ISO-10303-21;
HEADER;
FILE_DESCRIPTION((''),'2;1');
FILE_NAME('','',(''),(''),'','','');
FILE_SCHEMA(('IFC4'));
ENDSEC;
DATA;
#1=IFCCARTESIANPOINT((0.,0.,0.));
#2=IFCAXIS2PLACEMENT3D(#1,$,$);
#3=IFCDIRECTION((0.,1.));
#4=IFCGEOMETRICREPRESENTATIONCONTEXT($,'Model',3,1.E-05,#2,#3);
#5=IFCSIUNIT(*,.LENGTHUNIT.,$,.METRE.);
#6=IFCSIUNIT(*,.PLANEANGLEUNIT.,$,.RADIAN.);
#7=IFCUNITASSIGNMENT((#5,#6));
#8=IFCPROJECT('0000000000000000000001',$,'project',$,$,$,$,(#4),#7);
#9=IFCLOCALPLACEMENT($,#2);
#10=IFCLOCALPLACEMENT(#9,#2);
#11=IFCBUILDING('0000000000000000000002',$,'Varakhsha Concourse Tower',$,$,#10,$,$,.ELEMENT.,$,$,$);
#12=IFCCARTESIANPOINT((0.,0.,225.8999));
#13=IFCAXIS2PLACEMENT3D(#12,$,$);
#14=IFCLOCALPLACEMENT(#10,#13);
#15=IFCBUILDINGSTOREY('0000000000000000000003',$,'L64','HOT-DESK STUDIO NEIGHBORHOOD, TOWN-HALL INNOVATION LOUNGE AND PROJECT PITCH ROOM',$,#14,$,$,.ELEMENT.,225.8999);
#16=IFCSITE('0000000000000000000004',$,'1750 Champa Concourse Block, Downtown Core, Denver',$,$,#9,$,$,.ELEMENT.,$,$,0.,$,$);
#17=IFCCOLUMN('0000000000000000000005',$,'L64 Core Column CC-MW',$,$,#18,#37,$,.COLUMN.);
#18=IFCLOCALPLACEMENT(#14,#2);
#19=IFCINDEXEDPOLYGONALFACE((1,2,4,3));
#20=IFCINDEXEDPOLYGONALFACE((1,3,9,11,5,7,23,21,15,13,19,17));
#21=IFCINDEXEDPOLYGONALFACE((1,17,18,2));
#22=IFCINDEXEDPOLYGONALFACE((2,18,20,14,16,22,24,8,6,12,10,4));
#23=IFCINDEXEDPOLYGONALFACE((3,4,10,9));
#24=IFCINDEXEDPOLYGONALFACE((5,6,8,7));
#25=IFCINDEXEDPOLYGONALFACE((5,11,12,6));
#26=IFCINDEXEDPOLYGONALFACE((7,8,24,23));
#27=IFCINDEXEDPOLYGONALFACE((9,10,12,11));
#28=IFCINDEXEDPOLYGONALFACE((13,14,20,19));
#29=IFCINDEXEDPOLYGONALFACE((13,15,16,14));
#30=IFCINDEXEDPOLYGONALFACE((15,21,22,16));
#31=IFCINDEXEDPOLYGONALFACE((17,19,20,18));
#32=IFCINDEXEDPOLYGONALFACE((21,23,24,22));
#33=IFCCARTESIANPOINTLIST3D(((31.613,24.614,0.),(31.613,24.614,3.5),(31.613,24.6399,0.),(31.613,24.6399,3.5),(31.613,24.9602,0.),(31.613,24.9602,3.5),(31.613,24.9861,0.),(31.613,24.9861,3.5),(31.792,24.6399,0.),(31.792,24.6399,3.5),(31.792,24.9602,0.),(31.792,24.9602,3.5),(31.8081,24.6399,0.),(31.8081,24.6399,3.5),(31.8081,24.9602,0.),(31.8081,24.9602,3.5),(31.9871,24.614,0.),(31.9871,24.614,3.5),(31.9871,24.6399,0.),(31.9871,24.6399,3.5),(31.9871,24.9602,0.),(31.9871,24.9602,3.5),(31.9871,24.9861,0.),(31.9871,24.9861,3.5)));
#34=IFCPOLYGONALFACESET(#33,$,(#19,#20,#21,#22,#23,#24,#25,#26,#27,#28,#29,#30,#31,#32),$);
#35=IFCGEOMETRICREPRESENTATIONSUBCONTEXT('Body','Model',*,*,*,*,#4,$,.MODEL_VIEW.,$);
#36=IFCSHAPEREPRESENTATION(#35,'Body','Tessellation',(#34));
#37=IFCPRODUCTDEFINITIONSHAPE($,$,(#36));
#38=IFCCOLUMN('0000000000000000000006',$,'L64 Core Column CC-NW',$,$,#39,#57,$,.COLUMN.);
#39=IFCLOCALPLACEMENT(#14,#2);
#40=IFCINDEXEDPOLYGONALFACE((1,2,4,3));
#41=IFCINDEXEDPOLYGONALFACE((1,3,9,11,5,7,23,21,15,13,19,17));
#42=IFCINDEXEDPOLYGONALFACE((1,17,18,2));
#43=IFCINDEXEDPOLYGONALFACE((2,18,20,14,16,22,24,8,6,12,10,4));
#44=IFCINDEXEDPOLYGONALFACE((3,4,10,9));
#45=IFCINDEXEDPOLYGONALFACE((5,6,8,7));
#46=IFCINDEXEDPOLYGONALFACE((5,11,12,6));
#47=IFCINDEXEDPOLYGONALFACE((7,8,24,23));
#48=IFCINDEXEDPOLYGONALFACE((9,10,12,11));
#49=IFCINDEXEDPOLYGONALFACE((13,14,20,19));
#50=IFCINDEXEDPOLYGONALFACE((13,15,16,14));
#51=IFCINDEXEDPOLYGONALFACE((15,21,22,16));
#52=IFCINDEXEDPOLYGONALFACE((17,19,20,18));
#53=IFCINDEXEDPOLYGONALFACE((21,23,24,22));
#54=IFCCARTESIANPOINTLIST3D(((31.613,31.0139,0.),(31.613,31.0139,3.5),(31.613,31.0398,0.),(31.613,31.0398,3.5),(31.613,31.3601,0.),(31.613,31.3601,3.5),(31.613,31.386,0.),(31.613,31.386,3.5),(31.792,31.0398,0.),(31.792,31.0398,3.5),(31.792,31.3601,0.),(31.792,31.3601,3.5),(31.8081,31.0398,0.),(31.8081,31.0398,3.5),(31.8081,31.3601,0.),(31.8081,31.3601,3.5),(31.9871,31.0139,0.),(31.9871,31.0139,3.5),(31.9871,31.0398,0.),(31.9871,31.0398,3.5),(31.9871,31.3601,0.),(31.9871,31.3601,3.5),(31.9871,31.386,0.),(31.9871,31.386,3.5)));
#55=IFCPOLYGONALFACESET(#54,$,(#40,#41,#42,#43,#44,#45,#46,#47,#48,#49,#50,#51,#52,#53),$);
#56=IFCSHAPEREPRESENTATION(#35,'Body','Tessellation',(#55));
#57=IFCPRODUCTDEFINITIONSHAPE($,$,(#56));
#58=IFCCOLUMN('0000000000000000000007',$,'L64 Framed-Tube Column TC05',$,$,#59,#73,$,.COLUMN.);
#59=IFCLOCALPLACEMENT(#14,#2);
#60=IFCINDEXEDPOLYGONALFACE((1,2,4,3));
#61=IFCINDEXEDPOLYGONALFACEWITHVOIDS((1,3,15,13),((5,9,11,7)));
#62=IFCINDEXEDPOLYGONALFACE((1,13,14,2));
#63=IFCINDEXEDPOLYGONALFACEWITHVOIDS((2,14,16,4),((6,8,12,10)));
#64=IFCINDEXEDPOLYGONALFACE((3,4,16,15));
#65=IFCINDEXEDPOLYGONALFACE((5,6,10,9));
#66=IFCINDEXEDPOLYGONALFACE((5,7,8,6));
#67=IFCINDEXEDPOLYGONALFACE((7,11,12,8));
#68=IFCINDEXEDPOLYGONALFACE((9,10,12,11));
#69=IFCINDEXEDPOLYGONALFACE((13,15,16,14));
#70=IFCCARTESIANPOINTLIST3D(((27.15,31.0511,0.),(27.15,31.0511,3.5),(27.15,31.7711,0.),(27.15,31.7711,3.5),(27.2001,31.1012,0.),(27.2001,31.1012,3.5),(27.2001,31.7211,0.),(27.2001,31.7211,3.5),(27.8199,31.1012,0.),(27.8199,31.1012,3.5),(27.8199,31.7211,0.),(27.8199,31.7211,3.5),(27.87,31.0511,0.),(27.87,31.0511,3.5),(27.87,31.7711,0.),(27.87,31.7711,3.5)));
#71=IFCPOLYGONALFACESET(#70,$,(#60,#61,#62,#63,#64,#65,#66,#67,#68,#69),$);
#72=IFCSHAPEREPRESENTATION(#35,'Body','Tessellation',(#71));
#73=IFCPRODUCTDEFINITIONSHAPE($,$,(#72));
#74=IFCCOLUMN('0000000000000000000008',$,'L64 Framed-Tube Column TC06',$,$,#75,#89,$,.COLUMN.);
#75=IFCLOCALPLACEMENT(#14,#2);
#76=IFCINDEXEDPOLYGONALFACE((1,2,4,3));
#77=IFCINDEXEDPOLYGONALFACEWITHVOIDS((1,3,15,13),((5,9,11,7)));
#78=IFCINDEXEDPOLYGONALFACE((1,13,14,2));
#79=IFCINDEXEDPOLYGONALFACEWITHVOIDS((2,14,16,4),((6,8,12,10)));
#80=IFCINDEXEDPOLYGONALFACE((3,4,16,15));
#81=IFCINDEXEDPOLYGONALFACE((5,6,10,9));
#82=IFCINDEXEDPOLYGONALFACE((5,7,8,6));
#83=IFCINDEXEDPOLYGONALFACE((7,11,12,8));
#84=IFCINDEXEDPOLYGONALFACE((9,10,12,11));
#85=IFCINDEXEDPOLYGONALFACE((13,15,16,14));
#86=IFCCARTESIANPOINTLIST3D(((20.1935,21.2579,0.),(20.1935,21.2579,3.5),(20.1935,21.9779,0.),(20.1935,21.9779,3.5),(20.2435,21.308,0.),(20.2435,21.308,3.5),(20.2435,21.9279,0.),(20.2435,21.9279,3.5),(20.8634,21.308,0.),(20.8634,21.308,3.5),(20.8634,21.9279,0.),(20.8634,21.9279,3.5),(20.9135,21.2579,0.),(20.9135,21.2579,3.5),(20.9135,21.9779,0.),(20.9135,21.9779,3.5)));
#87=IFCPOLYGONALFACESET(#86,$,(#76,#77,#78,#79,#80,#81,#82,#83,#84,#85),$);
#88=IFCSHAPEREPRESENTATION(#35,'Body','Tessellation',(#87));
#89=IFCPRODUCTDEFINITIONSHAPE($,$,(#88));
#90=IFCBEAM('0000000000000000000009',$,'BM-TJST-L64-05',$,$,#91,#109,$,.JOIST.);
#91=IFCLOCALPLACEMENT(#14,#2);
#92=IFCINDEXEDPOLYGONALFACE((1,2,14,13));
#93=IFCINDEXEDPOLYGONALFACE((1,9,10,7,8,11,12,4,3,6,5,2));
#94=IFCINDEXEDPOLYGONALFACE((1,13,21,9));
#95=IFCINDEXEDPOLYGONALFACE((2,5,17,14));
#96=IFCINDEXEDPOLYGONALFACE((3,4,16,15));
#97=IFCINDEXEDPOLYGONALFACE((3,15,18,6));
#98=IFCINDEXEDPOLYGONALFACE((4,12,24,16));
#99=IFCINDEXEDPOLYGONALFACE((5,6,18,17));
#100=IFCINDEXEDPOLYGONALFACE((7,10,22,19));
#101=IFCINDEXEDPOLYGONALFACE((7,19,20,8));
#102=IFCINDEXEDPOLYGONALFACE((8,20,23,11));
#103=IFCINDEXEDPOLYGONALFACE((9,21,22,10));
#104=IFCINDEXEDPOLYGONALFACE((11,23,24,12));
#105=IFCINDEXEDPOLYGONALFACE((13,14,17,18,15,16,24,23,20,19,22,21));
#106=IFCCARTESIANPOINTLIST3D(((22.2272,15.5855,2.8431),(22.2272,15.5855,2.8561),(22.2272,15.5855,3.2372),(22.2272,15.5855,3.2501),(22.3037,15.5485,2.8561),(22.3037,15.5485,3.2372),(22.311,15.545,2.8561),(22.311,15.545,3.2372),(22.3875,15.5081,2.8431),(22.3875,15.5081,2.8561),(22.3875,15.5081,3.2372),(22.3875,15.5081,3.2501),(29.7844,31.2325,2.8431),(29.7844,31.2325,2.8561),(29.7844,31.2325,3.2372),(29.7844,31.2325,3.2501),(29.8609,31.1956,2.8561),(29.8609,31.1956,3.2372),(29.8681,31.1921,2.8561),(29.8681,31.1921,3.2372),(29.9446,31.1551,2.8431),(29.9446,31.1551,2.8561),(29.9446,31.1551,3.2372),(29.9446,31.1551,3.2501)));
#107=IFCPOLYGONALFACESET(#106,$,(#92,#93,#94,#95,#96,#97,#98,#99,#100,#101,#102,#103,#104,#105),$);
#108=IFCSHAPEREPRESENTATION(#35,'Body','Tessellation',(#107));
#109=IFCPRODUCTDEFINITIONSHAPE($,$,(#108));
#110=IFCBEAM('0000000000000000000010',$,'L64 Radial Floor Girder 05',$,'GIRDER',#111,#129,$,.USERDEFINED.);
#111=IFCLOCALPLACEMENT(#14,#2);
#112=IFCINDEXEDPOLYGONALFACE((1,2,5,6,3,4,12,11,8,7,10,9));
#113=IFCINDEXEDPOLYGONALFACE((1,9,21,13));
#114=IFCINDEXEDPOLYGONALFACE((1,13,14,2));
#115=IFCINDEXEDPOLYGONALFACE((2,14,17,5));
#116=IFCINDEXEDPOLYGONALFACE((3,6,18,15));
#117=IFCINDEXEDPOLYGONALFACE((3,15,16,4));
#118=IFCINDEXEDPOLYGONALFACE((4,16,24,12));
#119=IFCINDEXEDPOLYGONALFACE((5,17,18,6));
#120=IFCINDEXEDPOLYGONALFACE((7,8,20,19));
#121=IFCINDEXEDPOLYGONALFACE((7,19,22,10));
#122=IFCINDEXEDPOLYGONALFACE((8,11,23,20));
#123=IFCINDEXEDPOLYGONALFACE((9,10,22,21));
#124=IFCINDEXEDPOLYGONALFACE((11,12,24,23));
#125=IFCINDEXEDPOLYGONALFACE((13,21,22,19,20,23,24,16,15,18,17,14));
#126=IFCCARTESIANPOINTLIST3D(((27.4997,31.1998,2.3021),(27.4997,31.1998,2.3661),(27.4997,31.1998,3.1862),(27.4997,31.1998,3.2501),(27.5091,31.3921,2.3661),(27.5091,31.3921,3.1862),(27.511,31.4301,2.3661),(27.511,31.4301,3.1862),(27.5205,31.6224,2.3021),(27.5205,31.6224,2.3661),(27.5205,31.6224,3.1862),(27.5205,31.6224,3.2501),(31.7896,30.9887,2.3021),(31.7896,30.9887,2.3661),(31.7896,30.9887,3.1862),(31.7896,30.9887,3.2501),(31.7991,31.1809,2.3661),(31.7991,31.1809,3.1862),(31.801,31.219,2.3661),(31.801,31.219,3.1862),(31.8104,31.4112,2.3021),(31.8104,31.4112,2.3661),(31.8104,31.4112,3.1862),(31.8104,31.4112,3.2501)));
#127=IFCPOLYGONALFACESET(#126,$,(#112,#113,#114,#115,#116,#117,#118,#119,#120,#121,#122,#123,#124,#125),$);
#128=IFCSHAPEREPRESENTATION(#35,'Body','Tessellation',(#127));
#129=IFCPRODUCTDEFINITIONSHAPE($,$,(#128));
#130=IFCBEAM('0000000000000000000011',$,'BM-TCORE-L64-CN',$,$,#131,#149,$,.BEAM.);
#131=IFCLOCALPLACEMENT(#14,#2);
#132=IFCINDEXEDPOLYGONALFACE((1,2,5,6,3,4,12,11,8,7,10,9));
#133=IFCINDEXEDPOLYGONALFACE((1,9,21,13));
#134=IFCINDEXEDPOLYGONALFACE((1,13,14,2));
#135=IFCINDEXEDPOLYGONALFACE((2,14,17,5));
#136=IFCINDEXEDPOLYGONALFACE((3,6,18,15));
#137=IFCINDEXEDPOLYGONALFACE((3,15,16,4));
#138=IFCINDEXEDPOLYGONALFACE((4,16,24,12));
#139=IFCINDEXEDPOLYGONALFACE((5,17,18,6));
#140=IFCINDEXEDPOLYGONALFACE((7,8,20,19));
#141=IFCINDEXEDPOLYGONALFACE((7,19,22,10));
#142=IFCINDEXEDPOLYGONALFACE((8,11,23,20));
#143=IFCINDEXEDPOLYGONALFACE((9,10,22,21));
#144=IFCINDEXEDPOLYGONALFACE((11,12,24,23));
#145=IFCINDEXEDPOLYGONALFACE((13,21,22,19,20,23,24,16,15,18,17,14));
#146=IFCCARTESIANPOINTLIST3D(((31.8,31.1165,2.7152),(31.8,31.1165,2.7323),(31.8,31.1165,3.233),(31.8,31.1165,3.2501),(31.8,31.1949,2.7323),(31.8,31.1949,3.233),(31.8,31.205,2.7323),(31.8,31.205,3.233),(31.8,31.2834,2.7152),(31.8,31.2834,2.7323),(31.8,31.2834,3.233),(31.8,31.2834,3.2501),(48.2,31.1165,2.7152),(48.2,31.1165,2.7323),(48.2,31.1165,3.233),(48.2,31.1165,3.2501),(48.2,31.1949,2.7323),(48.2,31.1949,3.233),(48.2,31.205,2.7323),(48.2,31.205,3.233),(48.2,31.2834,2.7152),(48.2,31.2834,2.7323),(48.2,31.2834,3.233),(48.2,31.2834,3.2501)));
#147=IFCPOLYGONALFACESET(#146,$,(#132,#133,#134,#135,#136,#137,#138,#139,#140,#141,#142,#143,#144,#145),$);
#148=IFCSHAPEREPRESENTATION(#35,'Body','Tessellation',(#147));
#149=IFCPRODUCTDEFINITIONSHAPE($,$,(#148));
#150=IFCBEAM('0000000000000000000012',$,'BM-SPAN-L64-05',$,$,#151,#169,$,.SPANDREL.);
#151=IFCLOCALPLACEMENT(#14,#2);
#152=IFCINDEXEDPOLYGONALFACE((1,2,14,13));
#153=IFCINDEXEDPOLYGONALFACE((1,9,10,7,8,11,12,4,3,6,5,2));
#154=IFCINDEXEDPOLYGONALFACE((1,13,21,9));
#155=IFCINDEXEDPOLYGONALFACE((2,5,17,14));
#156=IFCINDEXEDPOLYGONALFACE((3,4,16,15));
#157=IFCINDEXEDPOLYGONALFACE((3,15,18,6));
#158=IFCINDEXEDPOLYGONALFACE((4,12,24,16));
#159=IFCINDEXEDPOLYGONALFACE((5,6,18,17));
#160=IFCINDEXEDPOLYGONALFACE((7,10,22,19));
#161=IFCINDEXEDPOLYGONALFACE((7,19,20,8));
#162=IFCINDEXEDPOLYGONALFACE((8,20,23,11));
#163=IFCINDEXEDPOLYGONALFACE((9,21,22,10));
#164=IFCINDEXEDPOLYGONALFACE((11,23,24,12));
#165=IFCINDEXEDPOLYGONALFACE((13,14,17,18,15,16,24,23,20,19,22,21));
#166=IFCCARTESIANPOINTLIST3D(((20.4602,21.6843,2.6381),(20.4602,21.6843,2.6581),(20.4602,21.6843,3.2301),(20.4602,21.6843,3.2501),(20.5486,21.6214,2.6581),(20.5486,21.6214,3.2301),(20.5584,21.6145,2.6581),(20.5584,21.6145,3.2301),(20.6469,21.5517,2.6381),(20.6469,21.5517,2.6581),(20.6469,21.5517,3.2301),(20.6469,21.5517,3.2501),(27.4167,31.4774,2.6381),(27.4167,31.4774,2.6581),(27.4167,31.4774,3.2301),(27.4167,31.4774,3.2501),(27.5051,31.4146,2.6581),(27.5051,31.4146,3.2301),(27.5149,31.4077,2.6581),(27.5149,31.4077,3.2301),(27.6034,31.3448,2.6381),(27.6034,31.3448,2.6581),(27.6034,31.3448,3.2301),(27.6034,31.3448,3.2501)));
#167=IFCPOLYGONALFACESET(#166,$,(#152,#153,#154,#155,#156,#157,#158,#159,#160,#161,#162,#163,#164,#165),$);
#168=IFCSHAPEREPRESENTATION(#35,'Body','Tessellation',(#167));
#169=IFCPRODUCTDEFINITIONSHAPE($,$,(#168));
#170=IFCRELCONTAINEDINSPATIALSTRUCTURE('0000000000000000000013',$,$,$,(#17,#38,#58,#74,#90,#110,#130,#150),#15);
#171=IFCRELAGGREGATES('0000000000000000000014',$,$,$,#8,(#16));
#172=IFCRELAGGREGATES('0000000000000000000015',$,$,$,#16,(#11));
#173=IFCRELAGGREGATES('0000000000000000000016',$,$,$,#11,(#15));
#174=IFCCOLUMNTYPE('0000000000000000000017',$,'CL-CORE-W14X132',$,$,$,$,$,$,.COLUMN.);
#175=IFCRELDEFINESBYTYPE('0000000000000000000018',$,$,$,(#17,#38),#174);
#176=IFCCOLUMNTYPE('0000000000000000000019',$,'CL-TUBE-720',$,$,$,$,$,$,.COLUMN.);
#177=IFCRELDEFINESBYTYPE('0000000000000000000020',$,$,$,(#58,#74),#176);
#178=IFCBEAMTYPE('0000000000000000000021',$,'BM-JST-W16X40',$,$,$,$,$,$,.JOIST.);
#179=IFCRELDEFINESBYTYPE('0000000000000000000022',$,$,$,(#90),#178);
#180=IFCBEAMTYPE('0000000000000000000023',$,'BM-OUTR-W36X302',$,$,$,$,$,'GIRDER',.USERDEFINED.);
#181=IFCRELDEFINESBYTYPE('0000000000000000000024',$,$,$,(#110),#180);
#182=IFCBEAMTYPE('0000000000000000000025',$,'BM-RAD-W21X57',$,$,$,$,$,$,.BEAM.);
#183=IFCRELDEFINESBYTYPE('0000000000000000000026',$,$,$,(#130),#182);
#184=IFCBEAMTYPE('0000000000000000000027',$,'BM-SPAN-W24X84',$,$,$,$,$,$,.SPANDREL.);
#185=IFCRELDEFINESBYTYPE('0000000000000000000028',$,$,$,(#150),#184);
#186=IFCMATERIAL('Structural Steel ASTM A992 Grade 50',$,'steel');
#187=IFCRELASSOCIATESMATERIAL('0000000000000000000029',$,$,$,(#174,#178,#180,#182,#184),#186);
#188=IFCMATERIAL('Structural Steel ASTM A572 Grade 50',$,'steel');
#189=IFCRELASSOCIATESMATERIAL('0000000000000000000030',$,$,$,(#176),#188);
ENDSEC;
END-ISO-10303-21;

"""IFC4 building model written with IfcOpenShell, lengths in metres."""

from ifc_helpers import new_model, si_unit, direction, frame, origin, origin_2d, place, context, subcontext, project, spatial, hollow_rectangle, i_section, extrude, material, material_profile, profile_set, type_object, element, save


model = new_model("IFC4")

# Units and contexts
model_context = context("Model", 3, precision=1e-05, world=origin(), true_north=direction((0.0, 1.0)))
body_context = subcontext(model_context, "Body", "Model", "MODEL_VIEW")
ifc_project = project(units=[si_unit("LENGTHUNIT", "METRE"), si_unit("PLANEANGLEUNIT", "RADIAN")], contexts=[model_context])

# Site, building, storey
site_placement = place(None, origin())
site = spatial("IfcSite", under=ifc_project, at=site_placement, Name="1750 Champa Concourse Block, Downtown Core, Denver", CompositionType="ELEMENT", RefElevation=0.0)
building_placement = place(site_placement, origin())
building = spatial("IfcBuilding", under=site, at=building_placement, Name="Varakhsha Concourse Tower", CompositionType="ELEMENT")
storey_placement = place(building_placement, frame((0.0, 0.0, 225.8999)))
storey = spatial("IfcBuildingStorey", under=building, at=storey_placement, Name="L64", Description="HOT-DESK STUDIO NEIGHBORHOOD, TOWN-HALL INNOVATION LOUNGE AND PROJECT PITCH ROOM", CompositionType="ELEMENT", Elevation=225.8999)

# Columns
ifc_material_1 = material(Name="Structural Steel ASTM A992 Grade 50", Category="steel")
ifc_material_profile_1 = material_profile(ifc_material_1, i_section(OverallWidth=0.374, OverallDepth=0.3721, WebThickness=0.0161, FlangeThickness=0.0259, at=origin_2d()), Name="W14X132")
ifc_profile_set_1 = profile_set([ifc_material_profile_1], Name="Structural Steel ASTM A992 Grade 50")
column_type_1 = type_object("IfcColumnType", Name="CL-CORE-W14X132", PredefinedType="COLUMN", material=ifc_profile_set_1)
for number, where, z_axis, x_axis, name in (
    (1, (31.8, 24.8, 0.0), (0.0, 0.0, 1.0), (1.0, 0.0, 0.0), "L64 Core Column CC-MW"),
    (2, (31.8, 31.2, 0.0), (0.0, 0.0, 1.0), (1.0, 0.0, 0.0), "L64 Core Column CC-NW"),
):
    element("IfcColumn", number, at=place(storey_placement, frame(where, z_axis=z_axis, x_axis=x_axis)), inside=storey, type_object=column_type_1, Name=name, PredefinedType="COLUMN", context=body_context, shape_type="SweptSolid", body=[
        extrude(i_section(OverallWidth=0.374, OverallDepth=0.3721, WebThickness=0.0161, FlangeThickness=0.0259, at=origin_2d()), origin(), (0.0, 0.0, 1.0), 3.5),
    ])
ifc_material_2 = material(Name="Structural Steel ASTM A572 Grade 50", Category="steel")
ifc_material_profile_2 = material_profile(ifc_material_2, hollow_rectangle(XDim=0.72, YDim=0.72, WallThickness=0.05, at=origin_2d()), Name="BOX 720x720x50")
ifc_profile_set_2 = profile_set([ifc_material_profile_2], Name="Structural Steel ASTM A572 Grade 50")
column_type_2 = type_object("IfcColumnType", Name="CL-TUBE-720", PredefinedType="COLUMN", material=ifc_profile_set_2)
for number, where, z_axis, x_axis, name in (
    (3, (27.51, 31.4111, 0.0), (0.0, 0.0, 1.0), (1.0, 0.0, 0.0), "L64 Framed-Tube Column TC05"),
    (4, (20.5535, 21.6179, 0.0), (0.0, 0.0, 1.0), (1.0, 0.0, 0.0), "L64 Framed-Tube Column TC06"),
):
    element("IfcColumn", number, at=place(storey_placement, frame(where, z_axis=z_axis, x_axis=x_axis)), inside=storey, type_object=column_type_2, Name=name, PredefinedType="COLUMN", context=body_context, shape_type="SweptSolid", body=[
        extrude(hollow_rectangle(XDim=0.72, YDim=0.72, WallThickness=0.05, at=origin_2d()), origin(), (0.0, 0.0, 1.0), 3.5),
    ])

# Beams
ifc_material_profile_3 = material_profile(ifc_material_1, i_section(OverallWidth=0.178, OverallDepth=0.407, WebThickness=0.0081, FlangeThickness=0.0129, at=origin_2d()), Name="W16X40")
ifc_profile_set_3 = profile_set([ifc_material_profile_3], Name="Structural Steel ASTM A992 Grade 50")
beam_type_1 = type_object("IfcBeamType", Name="BM-JST-W16X40", PredefinedType="JOIST", material=ifc_profile_set_3)
beam_1_placement = place(storey_placement, frame((29.8645, 31.1938, 3.0466), z_axis=(-0.434909, -0.900475, 0.0), x_axis=(0.900475, -0.434909, 0.0)))
element("IfcBeam", 5, at=beam_1_placement, inside=storey, type_object=beam_type_1, Name="BM-TJST-L64-05", PredefinedType="JOIST", context=body_context, shape_type="SweptSolid", body=[
    extrude(i_section(OverallWidth=0.178, OverallDepth=0.407, WebThickness=0.0081, FlangeThickness=0.0129, at=origin_2d()), origin(), (0.0, 0.0, 1.0), 17.3765),
])
ifc_material_profile_4 = material_profile(ifc_material_1, i_section(OverallWidth=0.4231, OverallDepth=0.948, WebThickness=0.0381, FlangeThickness=0.064, at=origin_2d()), Name="W36X302")
ifc_profile_set_4 = profile_set([ifc_material_profile_4], Name="Structural Steel ASTM A992 Grade 50")
beam_type_2 = type_object("IfcBeamType", Name="BM-OUTR-W36X302", ElementType="GIRDER", PredefinedType="USERDEFINED", material=ifc_profile_set_4)
beam_2_placement = place(storey_placement, frame((31.8, 31.2, 2.7761), z_axis=(-0.998791, 0.049167, 0.0), x_axis=(-0.049167, -0.998791, 0.0)))
element("IfcBeam", 6, at=beam_2_placement, inside=storey, type_object=beam_type_2, Name="L64 Radial Floor Girder 05", ObjectType="GIRDER", PredefinedType="USERDEFINED", context=body_context, shape_type="SweptSolid", body=[
    extrude(i_section(OverallWidth=0.4231, OverallDepth=0.948, WebThickness=0.0381, FlangeThickness=0.064, at=origin_2d()), origin(), (0.0, 0.0, 1.0), 4.2952),
])
ifc_material_profile_5 = material_profile(ifc_material_1, i_section(OverallWidth=0.167, OverallDepth=0.5349, WebThickness=0.01, FlangeThickness=0.0171, at=origin_2d()), Name="W21X57")
ifc_profile_set_5 = profile_set([ifc_material_profile_5], Name="Structural Steel ASTM A992 Grade 50")
beam_type_3 = type_object("IfcBeamType", Name="BM-RAD-W21X57", PredefinedType="BEAM", material=ifc_profile_set_5)
beam_3_placement = place(storey_placement, frame((31.8, 31.2, 2.9827), z_axis=(1.0, 0.0, 0.0), x_axis=(0.0, 1.0, 0.0)))
element("IfcBeam", 7, at=beam_3_placement, inside=storey, type_object=beam_type_3, Name="BM-TCORE-L64-CN", PredefinedType="BEAM", context=body_context, shape_type="SweptSolid", body=[
    extrude(i_section(OverallWidth=0.167, OverallDepth=0.5349, WebThickness=0.01, FlangeThickness=0.0171, at=origin_2d()), origin(), (0.0, 0.0, 1.0), 16.3999),
])
ifc_material_profile_6 = material_profile(ifc_material_1, i_section(OverallWidth=0.229, OverallDepth=0.6121, WebThickness=0.012, FlangeThickness=0.02, at=origin_2d()), Name="W24X84")
ifc_profile_set_6 = profile_set([ifc_material_profile_6], Name="Structural Steel ASTM A992 Grade 50")
beam_type_4 = type_object("IfcBeamType", Name="BM-SPAN-W24X84", PredefinedType="SPANDREL", material=ifc_profile_set_6)
beam_4_placement = place(storey_placement, frame((27.51, 31.4111, 2.9441), z_axis=(-0.579108, -0.815251, 0.0), x_axis=(0.815251, -0.579108, 0.0)))
element("IfcBeam", 8, at=beam_4_placement, inside=storey, type_object=beam_type_4, Name="BM-SPAN-L64-05", PredefinedType="SPANDREL", context=body_context, shape_type="SweptSolid", body=[
    extrude(i_section(OverallWidth=0.229, OverallDepth=0.6121, WebThickness=0.012, FlangeThickness=0.02, at=origin_2d()), origin(), (0.0, 0.0, 1.0), 12.0125),
])

save(model, "model.ifc")
